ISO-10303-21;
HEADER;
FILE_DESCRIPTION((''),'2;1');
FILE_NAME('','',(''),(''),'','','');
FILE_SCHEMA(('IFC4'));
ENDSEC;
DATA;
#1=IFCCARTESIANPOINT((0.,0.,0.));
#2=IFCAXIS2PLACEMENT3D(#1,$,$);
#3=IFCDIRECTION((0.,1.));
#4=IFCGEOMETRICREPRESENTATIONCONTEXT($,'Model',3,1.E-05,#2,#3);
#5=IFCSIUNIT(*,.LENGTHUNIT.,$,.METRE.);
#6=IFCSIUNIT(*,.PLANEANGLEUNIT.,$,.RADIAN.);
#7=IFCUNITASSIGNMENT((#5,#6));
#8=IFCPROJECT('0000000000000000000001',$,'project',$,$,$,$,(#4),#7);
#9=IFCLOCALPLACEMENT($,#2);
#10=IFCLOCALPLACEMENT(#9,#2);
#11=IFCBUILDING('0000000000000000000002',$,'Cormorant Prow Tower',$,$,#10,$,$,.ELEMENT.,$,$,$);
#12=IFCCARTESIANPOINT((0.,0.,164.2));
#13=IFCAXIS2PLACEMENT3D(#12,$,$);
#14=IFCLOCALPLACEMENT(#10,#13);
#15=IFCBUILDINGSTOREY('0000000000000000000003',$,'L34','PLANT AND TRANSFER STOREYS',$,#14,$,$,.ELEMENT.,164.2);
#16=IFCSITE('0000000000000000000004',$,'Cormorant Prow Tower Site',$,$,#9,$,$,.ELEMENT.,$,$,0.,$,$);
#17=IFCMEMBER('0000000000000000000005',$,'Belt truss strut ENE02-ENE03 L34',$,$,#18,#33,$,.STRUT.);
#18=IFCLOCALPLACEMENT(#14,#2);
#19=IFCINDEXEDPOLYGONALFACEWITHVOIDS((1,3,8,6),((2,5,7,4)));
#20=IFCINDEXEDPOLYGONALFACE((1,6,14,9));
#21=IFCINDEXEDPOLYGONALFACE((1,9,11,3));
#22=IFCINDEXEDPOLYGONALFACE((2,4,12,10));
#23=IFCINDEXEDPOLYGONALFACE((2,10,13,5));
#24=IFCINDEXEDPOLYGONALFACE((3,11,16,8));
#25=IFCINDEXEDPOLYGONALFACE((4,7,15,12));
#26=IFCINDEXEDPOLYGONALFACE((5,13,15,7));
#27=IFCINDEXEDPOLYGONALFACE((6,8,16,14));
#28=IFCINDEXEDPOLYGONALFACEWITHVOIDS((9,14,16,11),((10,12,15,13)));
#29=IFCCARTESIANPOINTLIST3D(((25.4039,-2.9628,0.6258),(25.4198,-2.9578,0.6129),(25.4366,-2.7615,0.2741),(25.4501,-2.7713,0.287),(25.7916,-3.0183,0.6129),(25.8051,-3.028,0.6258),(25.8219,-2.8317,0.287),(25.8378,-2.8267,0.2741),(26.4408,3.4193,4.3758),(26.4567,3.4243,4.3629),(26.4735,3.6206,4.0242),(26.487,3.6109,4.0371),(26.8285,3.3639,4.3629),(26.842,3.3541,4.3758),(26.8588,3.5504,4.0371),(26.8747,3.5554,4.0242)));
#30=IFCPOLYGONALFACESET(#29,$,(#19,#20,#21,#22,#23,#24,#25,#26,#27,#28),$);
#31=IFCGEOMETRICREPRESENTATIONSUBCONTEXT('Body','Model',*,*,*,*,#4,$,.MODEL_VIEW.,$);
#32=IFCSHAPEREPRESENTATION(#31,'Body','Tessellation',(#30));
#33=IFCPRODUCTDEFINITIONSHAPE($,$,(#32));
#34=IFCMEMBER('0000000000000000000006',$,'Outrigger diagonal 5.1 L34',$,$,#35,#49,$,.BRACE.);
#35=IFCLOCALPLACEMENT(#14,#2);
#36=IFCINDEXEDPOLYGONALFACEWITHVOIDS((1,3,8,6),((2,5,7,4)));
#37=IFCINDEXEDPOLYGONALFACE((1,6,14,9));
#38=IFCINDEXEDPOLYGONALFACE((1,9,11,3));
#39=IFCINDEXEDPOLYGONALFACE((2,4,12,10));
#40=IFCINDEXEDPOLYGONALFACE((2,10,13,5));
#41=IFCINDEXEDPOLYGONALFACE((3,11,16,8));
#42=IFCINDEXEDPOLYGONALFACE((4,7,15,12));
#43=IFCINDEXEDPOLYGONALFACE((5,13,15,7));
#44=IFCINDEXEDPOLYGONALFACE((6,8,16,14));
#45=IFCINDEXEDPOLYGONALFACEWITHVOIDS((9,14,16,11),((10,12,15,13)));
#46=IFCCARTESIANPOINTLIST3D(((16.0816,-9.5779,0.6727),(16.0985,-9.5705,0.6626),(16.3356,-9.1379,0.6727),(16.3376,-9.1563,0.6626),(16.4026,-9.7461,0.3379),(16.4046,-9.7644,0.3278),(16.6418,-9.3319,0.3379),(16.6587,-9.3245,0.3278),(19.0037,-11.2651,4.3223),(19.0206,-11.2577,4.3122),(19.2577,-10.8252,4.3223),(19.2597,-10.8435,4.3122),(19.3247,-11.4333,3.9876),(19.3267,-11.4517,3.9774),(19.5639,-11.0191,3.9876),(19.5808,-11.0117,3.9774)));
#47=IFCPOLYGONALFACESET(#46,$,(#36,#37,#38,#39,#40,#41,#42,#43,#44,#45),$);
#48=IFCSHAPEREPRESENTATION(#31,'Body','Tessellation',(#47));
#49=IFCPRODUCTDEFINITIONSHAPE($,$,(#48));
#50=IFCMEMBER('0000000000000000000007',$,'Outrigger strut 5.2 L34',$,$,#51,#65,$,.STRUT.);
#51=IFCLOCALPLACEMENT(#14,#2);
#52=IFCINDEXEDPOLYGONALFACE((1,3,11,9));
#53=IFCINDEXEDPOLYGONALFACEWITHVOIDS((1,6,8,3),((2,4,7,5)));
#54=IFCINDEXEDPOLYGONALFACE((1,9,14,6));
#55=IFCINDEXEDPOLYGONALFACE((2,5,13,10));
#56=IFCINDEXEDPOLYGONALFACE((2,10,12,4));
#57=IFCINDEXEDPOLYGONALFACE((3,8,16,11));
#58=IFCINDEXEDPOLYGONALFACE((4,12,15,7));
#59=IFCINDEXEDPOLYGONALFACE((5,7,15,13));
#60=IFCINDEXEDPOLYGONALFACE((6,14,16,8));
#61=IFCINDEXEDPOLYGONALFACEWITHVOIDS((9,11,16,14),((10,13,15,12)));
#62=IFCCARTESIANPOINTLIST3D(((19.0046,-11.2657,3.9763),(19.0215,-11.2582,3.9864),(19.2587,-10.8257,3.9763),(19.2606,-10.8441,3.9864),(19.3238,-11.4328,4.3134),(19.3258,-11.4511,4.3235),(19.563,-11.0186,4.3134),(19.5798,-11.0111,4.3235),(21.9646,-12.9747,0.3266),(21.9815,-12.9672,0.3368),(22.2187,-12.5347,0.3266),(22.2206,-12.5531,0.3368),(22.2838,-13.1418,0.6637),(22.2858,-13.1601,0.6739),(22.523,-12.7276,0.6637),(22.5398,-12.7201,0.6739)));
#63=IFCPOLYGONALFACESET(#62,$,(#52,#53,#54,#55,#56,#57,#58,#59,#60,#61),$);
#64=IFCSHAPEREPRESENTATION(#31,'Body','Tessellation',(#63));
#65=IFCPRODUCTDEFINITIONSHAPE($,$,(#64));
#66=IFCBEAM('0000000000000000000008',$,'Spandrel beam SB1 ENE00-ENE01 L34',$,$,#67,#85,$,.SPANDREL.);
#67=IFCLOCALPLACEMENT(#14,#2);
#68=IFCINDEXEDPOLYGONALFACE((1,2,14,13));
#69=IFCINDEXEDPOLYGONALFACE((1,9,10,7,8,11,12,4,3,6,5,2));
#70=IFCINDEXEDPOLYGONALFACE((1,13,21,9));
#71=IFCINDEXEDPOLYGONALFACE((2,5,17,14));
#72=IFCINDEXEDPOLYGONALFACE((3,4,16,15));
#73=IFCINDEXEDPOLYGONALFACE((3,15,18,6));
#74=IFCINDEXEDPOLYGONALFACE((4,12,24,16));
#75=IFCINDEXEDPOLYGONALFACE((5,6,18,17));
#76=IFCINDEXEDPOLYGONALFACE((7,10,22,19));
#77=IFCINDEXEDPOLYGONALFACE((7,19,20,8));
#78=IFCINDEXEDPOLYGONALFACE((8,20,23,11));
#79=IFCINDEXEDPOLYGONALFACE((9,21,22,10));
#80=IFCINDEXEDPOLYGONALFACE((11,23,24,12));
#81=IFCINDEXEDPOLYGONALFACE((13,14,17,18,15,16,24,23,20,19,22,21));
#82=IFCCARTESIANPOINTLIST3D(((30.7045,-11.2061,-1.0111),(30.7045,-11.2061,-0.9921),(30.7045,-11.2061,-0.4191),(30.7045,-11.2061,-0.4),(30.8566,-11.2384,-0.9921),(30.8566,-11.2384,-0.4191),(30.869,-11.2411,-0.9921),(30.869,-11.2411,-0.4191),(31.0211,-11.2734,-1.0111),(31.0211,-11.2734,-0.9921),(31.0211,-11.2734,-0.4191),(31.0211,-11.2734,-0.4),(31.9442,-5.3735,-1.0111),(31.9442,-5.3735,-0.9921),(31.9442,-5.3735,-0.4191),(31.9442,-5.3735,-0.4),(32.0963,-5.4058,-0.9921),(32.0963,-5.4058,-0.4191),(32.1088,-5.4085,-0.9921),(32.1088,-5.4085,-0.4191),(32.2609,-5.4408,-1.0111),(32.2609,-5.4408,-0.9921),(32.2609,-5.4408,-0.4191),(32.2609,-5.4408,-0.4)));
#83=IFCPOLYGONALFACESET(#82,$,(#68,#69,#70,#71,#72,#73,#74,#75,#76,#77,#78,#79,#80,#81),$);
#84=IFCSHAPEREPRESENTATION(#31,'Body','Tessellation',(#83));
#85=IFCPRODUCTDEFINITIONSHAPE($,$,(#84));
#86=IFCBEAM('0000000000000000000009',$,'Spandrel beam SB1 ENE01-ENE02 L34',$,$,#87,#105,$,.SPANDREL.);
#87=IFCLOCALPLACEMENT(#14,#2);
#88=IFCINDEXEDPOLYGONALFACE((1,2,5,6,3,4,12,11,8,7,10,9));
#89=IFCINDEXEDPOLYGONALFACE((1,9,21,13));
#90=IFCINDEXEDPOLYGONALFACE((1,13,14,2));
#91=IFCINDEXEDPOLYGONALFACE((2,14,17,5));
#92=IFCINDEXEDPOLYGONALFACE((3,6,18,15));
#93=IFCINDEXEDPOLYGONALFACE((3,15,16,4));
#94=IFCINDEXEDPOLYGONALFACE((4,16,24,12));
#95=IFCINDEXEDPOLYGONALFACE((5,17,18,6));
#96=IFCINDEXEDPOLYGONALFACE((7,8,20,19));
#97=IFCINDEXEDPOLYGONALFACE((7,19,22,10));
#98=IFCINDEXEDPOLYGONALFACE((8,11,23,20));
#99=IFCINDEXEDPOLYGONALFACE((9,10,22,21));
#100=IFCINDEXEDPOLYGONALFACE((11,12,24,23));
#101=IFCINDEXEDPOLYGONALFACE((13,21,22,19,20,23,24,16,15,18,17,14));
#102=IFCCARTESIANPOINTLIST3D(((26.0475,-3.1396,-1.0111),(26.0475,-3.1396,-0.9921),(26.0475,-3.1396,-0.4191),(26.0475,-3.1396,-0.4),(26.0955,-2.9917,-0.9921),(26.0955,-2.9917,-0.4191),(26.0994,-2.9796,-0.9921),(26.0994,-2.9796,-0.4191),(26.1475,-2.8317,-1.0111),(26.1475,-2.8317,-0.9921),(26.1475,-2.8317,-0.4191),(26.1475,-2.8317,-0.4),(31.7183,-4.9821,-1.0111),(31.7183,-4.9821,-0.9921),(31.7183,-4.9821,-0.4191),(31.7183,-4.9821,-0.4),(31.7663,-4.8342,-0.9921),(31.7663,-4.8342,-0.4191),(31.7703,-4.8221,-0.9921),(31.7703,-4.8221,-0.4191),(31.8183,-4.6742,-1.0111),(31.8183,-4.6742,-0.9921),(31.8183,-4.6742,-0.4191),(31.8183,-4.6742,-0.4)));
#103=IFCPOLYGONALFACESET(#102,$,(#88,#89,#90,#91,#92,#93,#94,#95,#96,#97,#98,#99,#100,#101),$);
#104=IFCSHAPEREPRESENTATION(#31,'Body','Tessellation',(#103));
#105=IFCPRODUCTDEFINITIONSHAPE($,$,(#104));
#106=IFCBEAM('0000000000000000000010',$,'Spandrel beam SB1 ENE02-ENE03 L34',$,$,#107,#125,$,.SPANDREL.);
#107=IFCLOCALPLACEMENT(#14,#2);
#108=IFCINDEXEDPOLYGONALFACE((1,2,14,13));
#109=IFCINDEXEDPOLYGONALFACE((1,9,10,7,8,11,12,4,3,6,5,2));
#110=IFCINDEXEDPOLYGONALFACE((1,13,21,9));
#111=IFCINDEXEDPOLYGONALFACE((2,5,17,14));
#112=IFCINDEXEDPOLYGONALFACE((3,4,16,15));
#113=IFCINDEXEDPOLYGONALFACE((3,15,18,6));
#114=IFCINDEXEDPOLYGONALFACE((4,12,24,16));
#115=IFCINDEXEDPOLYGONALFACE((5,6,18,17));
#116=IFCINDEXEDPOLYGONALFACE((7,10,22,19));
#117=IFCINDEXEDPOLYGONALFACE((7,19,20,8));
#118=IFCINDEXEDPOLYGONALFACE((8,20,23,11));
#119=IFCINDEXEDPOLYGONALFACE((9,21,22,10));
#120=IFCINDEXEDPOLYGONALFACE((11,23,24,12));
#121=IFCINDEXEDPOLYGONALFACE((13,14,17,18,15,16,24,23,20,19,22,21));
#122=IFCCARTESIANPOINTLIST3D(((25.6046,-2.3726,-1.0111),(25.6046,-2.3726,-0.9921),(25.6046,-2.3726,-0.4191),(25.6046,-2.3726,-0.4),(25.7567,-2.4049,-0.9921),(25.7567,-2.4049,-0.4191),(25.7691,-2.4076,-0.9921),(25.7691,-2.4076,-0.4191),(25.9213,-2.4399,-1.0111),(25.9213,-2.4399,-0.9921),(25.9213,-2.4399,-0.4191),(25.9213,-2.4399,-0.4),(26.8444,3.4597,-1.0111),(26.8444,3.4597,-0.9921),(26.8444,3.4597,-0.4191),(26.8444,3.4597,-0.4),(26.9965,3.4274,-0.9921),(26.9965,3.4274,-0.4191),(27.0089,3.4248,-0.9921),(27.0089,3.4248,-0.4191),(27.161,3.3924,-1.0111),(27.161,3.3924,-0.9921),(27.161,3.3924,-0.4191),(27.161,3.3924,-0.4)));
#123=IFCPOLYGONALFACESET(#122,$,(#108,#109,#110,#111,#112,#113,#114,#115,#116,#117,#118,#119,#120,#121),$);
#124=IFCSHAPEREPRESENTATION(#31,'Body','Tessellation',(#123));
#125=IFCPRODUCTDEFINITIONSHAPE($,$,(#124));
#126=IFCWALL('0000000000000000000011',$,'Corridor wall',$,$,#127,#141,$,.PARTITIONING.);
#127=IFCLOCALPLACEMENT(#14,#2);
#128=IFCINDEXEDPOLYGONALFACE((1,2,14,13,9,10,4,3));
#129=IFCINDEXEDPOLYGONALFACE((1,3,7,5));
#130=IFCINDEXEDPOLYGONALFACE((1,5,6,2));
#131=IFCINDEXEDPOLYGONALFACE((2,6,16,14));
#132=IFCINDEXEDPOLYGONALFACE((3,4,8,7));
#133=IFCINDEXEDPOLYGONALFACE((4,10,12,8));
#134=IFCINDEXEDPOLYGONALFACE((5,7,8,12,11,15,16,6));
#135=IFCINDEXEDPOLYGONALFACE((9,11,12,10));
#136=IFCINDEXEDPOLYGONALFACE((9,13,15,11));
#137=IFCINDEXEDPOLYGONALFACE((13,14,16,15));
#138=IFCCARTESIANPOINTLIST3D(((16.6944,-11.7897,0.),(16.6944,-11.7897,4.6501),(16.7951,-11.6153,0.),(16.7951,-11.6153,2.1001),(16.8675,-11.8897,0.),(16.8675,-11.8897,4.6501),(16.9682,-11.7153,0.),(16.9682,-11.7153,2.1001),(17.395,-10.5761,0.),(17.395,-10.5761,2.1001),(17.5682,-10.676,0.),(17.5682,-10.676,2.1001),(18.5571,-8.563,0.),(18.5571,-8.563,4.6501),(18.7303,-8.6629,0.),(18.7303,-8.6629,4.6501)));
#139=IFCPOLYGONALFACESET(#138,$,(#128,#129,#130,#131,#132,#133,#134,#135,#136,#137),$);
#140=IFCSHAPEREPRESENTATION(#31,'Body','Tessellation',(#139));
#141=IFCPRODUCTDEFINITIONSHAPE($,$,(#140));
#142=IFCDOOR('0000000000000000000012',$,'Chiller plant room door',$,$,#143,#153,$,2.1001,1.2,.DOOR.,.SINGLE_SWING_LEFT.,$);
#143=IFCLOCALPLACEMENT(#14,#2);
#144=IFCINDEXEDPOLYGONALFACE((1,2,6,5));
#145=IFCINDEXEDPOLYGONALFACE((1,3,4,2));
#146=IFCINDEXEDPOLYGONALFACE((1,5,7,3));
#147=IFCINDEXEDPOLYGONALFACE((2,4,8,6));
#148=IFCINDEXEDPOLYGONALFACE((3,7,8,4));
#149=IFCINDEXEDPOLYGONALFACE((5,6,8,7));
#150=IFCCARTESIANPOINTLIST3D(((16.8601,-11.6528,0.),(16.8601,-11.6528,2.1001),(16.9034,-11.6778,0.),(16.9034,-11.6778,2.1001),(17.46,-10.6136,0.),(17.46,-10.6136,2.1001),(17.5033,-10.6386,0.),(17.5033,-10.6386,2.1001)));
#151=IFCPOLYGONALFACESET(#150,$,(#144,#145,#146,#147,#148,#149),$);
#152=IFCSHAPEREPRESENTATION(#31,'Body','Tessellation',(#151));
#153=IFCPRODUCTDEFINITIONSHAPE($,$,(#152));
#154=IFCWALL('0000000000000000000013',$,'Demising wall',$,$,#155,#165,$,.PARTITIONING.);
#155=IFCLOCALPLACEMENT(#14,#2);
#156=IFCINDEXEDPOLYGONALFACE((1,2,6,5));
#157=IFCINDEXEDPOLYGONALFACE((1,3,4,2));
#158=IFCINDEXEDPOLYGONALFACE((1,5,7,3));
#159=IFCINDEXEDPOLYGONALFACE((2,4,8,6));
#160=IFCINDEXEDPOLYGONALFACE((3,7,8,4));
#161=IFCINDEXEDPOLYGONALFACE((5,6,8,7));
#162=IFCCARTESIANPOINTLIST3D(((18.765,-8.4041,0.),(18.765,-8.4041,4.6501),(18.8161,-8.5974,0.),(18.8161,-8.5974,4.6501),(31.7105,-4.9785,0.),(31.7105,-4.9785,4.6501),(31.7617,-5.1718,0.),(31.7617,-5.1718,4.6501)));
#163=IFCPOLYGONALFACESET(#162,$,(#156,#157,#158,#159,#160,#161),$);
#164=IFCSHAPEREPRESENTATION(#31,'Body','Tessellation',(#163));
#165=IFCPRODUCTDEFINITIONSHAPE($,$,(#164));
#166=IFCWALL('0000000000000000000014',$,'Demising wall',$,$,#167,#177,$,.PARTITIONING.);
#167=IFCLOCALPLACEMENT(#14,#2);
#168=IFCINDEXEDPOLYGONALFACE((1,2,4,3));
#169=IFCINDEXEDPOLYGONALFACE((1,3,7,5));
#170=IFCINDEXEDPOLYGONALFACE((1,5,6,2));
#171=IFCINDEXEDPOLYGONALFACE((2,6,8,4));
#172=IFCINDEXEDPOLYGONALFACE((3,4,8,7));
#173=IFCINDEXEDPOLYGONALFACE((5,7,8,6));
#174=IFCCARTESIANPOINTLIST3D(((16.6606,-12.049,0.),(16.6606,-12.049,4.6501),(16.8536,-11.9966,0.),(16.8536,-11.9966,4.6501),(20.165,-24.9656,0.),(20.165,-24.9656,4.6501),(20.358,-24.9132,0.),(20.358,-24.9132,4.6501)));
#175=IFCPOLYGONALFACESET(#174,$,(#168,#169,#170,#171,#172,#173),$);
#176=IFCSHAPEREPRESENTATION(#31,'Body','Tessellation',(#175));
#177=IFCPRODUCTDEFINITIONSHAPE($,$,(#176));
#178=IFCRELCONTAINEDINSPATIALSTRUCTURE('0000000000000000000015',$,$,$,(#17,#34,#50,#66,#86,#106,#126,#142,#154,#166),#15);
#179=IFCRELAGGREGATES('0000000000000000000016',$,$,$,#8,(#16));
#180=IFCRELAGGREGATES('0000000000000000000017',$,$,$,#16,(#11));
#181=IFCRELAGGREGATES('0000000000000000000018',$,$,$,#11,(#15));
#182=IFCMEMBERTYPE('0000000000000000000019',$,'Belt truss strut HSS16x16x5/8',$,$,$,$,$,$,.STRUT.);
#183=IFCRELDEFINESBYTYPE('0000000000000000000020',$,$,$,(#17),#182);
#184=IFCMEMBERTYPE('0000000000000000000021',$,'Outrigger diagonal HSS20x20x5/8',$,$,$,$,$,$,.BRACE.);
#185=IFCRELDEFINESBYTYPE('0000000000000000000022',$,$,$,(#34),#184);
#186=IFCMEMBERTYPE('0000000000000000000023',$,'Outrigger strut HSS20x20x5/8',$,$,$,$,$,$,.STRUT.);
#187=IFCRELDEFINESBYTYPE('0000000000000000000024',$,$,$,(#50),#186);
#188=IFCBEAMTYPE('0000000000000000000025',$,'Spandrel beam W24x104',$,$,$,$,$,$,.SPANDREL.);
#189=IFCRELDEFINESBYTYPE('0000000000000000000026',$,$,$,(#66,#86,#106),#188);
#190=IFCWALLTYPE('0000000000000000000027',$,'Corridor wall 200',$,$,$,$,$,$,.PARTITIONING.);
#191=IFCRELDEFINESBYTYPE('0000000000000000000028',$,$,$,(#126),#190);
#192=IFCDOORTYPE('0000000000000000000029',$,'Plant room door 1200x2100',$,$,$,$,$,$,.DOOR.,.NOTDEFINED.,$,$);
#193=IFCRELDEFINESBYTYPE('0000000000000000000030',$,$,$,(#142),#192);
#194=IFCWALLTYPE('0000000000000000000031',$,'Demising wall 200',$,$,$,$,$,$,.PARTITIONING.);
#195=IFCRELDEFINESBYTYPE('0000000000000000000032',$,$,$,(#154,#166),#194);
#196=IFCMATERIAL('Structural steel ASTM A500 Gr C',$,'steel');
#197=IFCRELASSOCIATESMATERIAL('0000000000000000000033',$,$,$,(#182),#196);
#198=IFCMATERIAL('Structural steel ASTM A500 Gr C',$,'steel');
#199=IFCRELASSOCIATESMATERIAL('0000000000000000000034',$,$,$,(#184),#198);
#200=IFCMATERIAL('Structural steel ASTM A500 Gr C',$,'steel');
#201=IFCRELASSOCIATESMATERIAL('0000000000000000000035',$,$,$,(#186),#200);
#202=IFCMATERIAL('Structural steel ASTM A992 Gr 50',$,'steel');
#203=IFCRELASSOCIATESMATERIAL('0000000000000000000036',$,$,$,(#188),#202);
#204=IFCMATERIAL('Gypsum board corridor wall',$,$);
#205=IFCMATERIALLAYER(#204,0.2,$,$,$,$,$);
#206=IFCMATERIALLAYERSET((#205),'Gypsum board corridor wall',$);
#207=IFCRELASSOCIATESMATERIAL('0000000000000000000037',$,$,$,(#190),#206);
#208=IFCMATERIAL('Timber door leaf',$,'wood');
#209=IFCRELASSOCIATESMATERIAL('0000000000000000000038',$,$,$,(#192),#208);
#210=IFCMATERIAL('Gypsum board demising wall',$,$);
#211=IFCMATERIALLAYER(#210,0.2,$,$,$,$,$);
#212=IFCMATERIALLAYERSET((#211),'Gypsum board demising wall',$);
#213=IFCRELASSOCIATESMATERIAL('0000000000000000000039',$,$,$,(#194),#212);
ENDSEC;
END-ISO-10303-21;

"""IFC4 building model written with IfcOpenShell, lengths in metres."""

from ifc_helpers import new_model, si_unit, direction, frame, frame_2d, origin, origin_2d, place, context, subcontext, project, spatial, rectangle, hollow_rectangle, i_section, extrude, material, layer, layer_set, material_profile, profile_set, type_object, element, fill, save


model = new_model("IFC4")

# Units and contexts
model_context = context("Model", 3, precision=1e-05, world=origin(), true_north=direction((0.0, 1.0)))
body_context = subcontext(model_context, "Body", "Model", "MODEL_VIEW")
ifc_project = project(units=[si_unit("LENGTHUNIT", "METRE"), si_unit("PLANEANGLEUNIT", "RADIAN")], contexts=[model_context])

# Site, building, storey
site_placement = place(None, origin())
site = spatial("IfcSite", under=ifc_project, at=site_placement, Name="Cormorant Prow Tower Site", CompositionType="ELEMENT", RefElevation=0.0)
building_placement = place(site_placement, origin())
building = spatial("IfcBuilding", under=site, at=building_placement, Name="Cormorant Prow Tower", CompositionType="ELEMENT")
storey_placement = place(building_placement, frame((0.0, 0.0, 164.2)))
storey = spatial("IfcBuildingStorey", under=building, at=storey_placement, Name="L34", Description="PLANT AND TRANSFER STOREYS", CompositionType="ELEMENT", Elevation=164.2)

# Members
ifc_material_1 = material(Name="Structural steel ASTM A500 Gr C", Category="steel")
ifc_material_profile_1 = material_profile(ifc_material_1, hollow_rectangle(XDim=0.4065, YDim=0.4065, WallThickness=0.0149, at=origin_2d()), Name="HSS16x16x5/8")
ifc_profile_set_1 = profile_set([ifc_material_profile_1], Name="Structural steel ASTM A500 Gr C")
member_type_1 = type_object("IfcMemberType", Name="Belt truss strut HSS16x16x5/8", PredefinedType="STRUT", material=ifc_profile_set_1)
member_1_placement = place(storey_placement, frame((25.6208, -2.8948, 0.45), z_axis=(0.13872, 0.853844, 0.501704), x_axis=(-0.987058, 0.160363, 0.0)))
element("IfcMember", 1, at=member_1_placement, inside=storey, type_object=member_type_1, Name="Belt truss strut ENE02-ENE03 L34", PredefinedType="STRUT", context=body_context, shape_type="SweptSolid", body=[
    extrude(hollow_rectangle(XDim=0.4065, YDim=0.4065, WallThickness=0.0149, at=origin_2d()), origin(), (0.0, 0.0, 1.0), 7.4746),
])
ifc_material_2 = material(Name="Structural steel ASTM A500 Gr C", Category="steel")
ifc_material_profile_2 = material_profile(ifc_material_2, hollow_rectangle(XDim=0.5081, YDim=0.5081, WallThickness=0.0149, at=origin_2d()), Name="HSS20x20x5/8")
ifc_profile_set_2 = profile_set([ifc_material_profile_2], Name="Structural steel ASTM A500 Gr C")
member_type_2 = type_object("IfcMemberType", Name="Outrigger diagonal HSS20x20x5/8", PredefinedType="BRACE", material=ifc_profile_set_2)
member_2_placement = place(storey_placement, frame((16.3701, -9.4512, 0.5002), z_axis=(0.587895, -0.339456, 0.734268), x_axis=(0.500038, 0.866004, 0.0)))
element("IfcMember", 2, at=member_2_placement, inside=storey, type_object=member_type_2, Name="Outrigger diagonal 5.1 L34", PredefinedType="BRACE", context=body_context, shape_type="SweptSolid", body=[
    extrude(hollow_rectangle(XDim=0.5081, YDim=0.5081, WallThickness=0.0149, at=origin_2d()), origin(), (0.0, 0.0, 1.0), 4.9705),
])
ifc_material_3 = material(Name="Structural steel ASTM A500 Gr C", Category="steel")
ifc_material_profile_3 = material_profile(ifc_material_3, hollow_rectangle(XDim=0.5081, YDim=0.5081, WallThickness=0.0149, at=origin_2d()), Name="HSS20x20x5/8")
ifc_profile_set_3 = profile_set([ifc_material_profile_3], Name="Structural steel ASTM A500 Gr C")
member_type_3 = type_object("IfcMemberType", Name="Outrigger strut HSS20x20x5/8", PredefinedType="STRUT", material=ifc_profile_set_3)
member_3_placement = place(storey_placement, frame((19.2922, -11.1384, 4.1499), z_axis=(0.591968, -0.341783, -0.729902), x_axis=(0.500011, 0.866019, 0.0)))
element("IfcMember", 3, at=member_3_placement, inside=storey, type_object=member_type_3, Name="Outrigger strut 5.2 L34", PredefinedType="STRUT", context=body_context, shape_type="SweptSolid", body=[
    extrude(hollow_rectangle(XDim=0.5081, YDim=0.5081, WallThickness=0.0149, at=origin_2d()), origin(), (0.0, 0.0, 1.0), 5.0002),
])

# Beams
ifc_material_4 = material(Name="Structural steel ASTM A992 Gr 50", Category="steel")
ifc_material_profile_4 = material_profile(ifc_material_4, i_section(OverallWidth=0.3237, OverallDepth=0.6111, WebThickness=0.0127, FlangeThickness=0.019, at=origin_2d()), Name="W24x104")
ifc_profile_set_4 = profile_set([ifc_material_profile_4], Name="Structural steel ASTM A992 Gr 50")
beam_type = type_object("IfcBeamType", Name="Spandrel beam W24x104", PredefinedType="SPANDREL", material=ifc_profile_set_4)
beam_placement = place(storey_placement, frame((30.8628, -11.2397, -0.7056), z_axis=(0.207913, 0.978147, 0.0), x_axis=(-0.978147, 0.207913, 0.0)))
element("IfcBeam", 4, at=beam_placement, inside=storey, type_object=beam_type, Name="Spandrel beam SB1 ENE00-ENE01 L34", PredefinedType="SPANDREL", context=body_context, shape_type="SweptSolid", body=[
    extrude(i_section(OverallWidth=0.3237, OverallDepth=0.6111, WebThickness=0.0127, FlangeThickness=0.019, at=origin_2d()), origin(), (0.0, 0.0, 1.0), 5.9629),
])
for number, where, z_axis, x_axis, name in (
    (5, (31.7683, -4.8281, -0.7056), (-0.951059, 0.309008, 0.0), (-0.309008, -0.951059, 0.0), "Spandrel beam SB1 ENE01-ENE02 L34"),
    (6, (25.7629, -2.4062, -0.7056), (0.207921, 0.978146, 0.0), (-0.978146, 0.207921, 0.0), "Spandrel beam SB1 ENE02-ENE03 L34"),
):
    element("IfcBeam", number, at=place(storey_placement, frame(where, z_axis=z_axis, x_axis=x_axis)), inside=storey, type_object=beam_type, Name=name, PredefinedType="SPANDREL", context=body_context, shape_type="SweptSolid", body=[
        extrude(i_section(OverallWidth=0.3237, OverallDepth=0.6111, WebThickness=0.0127, FlangeThickness=0.019, at=origin_2d()), origin(), (0.0, 0.0, 1.0), 5.9626),
    ])

# Wall, opening, door
ifc_material_5 = material(Name="Gypsum board corridor wall")
ifc_layer_1 = layer(ifc_material_5, 0.2)
ifc_layer_set_1 = layer_set([ifc_layer_1], Name="Gypsum board corridor wall")
wall_type_1 = type_object("IfcWallType", Name="Corridor wall 200", PredefinedType="PARTITIONING", material=ifc_layer_set_1)
wall_1_placement = place(storey_placement, frame((16.781, -11.8396, 0.0), z_axis=(0.0, 0.0, 1.0), x_axis=(0.499959, 0.866049, 0.0)))
wall_1 = element("IfcWall", 7, at=wall_1_placement, inside=storey, type_object=wall_type_1, Name="Corridor wall", PredefinedType="PARTITIONING", context=body_context, shape_type="SweptSolid", body=[
    extrude(rectangle(XDim=3.7258, YDim=0.2, at=frame_2d((1.8628, 0.0))), origin(), (0.0, 0.0, 1.0), 4.6501),
])
opening_placement = place(wall_1_placement, frame((0.2012, 0.0, 0.0)))
opening = element("IfcOpeningElement", 8, at=opening_placement, cuts=wall_1, PredefinedType="OPENING", context=body_context, shape_type="SweptSolid", body=[
    extrude(rectangle(XDim=1.2, YDim=2.1001, at=frame_2d((0.6001, 1.05))), frame((0.0, 0.1099, 0.0), z_axis=(0.0, -1.0, 0.0), x_axis=(1.0, 0.0, 0.0)), (0.0, 0.0, 1.0), 0.22),
])
ifc_material_6 = material(Name="Timber door leaf", Category="wood")
door_type = type_object("IfcDoorType", Name="Plant room door 1200x2100", OperationType="NOTDEFINED", PredefinedType="DOOR", material=ifc_material_6)
door_placement = place(opening_placement, origin())
door = element("IfcDoor", 9, at=door_placement, inside=storey, type_object=door_type, Name="Chiller plant room door", OperationType="SINGLE_SWING_LEFT", OverallHeight=2.1001, OverallWidth=1.2, PredefinedType="DOOR", context=body_context, shape_type="SweptSolid", body=[
    extrude(rectangle(XDim=1.2, YDim=2.1001, at=frame_2d((0.6001, 1.05))), frame((0.0, 0.0249, 0.0), z_axis=(0.0, -1.0, 0.0), x_axis=(1.0, 0.0, 0.0)), (0.0, 0.0, 1.0), 0.05),
])
fill(opening, door)

# Walls
ifc_material_7 = material(Name="Gypsum board demising wall")
ifc_layer_2 = layer(ifc_material_7, 0.2)
ifc_layer_set_2 = layer_set([ifc_layer_2], Name="Gypsum board demising wall")
wall_type_2 = type_object("IfcWallType", Name="Demising wall 200", PredefinedType="PARTITIONING", material=ifc_layer_set_2)
wall_2_placement = place(storey_placement, frame((18.7905, -8.5007, 0.0), z_axis=(0.0, 0.0, 1.0), x_axis=(0.966728, 0.255807, 0.0)))
element("IfcWall", 10, at=wall_2_placement, inside=storey, type_object=wall_type_2, Name="Demising wall", PredefinedType="PARTITIONING", context=body_context, shape_type="SweptSolid", body=[
    extrude(rectangle(XDim=13.3911, YDim=0.2, at=frame_2d((6.6956, 0.0))), origin(), (0.0, 0.0, 1.0), 4.6501),
])
wall_3_placement = place(storey_placement, frame((16.7571, -12.0227, 0.0), z_axis=(0.0, 0.0, 1.0), x_axis=(0.261845, -0.96511, 0.0)))
element("IfcWall", 11, at=wall_3_placement, inside=storey, type_object=wall_type_2, Name="Demising wall", PredefinedType="PARTITIONING", context=body_context, shape_type="SweptSolid", body=[
    extrude(rectangle(XDim=13.3835, YDim=0.2, at=frame_2d((6.6919, 0.0))), origin(), (0.0, 0.0, 1.0), 4.6501),
])

save(model, "model.ifc")
